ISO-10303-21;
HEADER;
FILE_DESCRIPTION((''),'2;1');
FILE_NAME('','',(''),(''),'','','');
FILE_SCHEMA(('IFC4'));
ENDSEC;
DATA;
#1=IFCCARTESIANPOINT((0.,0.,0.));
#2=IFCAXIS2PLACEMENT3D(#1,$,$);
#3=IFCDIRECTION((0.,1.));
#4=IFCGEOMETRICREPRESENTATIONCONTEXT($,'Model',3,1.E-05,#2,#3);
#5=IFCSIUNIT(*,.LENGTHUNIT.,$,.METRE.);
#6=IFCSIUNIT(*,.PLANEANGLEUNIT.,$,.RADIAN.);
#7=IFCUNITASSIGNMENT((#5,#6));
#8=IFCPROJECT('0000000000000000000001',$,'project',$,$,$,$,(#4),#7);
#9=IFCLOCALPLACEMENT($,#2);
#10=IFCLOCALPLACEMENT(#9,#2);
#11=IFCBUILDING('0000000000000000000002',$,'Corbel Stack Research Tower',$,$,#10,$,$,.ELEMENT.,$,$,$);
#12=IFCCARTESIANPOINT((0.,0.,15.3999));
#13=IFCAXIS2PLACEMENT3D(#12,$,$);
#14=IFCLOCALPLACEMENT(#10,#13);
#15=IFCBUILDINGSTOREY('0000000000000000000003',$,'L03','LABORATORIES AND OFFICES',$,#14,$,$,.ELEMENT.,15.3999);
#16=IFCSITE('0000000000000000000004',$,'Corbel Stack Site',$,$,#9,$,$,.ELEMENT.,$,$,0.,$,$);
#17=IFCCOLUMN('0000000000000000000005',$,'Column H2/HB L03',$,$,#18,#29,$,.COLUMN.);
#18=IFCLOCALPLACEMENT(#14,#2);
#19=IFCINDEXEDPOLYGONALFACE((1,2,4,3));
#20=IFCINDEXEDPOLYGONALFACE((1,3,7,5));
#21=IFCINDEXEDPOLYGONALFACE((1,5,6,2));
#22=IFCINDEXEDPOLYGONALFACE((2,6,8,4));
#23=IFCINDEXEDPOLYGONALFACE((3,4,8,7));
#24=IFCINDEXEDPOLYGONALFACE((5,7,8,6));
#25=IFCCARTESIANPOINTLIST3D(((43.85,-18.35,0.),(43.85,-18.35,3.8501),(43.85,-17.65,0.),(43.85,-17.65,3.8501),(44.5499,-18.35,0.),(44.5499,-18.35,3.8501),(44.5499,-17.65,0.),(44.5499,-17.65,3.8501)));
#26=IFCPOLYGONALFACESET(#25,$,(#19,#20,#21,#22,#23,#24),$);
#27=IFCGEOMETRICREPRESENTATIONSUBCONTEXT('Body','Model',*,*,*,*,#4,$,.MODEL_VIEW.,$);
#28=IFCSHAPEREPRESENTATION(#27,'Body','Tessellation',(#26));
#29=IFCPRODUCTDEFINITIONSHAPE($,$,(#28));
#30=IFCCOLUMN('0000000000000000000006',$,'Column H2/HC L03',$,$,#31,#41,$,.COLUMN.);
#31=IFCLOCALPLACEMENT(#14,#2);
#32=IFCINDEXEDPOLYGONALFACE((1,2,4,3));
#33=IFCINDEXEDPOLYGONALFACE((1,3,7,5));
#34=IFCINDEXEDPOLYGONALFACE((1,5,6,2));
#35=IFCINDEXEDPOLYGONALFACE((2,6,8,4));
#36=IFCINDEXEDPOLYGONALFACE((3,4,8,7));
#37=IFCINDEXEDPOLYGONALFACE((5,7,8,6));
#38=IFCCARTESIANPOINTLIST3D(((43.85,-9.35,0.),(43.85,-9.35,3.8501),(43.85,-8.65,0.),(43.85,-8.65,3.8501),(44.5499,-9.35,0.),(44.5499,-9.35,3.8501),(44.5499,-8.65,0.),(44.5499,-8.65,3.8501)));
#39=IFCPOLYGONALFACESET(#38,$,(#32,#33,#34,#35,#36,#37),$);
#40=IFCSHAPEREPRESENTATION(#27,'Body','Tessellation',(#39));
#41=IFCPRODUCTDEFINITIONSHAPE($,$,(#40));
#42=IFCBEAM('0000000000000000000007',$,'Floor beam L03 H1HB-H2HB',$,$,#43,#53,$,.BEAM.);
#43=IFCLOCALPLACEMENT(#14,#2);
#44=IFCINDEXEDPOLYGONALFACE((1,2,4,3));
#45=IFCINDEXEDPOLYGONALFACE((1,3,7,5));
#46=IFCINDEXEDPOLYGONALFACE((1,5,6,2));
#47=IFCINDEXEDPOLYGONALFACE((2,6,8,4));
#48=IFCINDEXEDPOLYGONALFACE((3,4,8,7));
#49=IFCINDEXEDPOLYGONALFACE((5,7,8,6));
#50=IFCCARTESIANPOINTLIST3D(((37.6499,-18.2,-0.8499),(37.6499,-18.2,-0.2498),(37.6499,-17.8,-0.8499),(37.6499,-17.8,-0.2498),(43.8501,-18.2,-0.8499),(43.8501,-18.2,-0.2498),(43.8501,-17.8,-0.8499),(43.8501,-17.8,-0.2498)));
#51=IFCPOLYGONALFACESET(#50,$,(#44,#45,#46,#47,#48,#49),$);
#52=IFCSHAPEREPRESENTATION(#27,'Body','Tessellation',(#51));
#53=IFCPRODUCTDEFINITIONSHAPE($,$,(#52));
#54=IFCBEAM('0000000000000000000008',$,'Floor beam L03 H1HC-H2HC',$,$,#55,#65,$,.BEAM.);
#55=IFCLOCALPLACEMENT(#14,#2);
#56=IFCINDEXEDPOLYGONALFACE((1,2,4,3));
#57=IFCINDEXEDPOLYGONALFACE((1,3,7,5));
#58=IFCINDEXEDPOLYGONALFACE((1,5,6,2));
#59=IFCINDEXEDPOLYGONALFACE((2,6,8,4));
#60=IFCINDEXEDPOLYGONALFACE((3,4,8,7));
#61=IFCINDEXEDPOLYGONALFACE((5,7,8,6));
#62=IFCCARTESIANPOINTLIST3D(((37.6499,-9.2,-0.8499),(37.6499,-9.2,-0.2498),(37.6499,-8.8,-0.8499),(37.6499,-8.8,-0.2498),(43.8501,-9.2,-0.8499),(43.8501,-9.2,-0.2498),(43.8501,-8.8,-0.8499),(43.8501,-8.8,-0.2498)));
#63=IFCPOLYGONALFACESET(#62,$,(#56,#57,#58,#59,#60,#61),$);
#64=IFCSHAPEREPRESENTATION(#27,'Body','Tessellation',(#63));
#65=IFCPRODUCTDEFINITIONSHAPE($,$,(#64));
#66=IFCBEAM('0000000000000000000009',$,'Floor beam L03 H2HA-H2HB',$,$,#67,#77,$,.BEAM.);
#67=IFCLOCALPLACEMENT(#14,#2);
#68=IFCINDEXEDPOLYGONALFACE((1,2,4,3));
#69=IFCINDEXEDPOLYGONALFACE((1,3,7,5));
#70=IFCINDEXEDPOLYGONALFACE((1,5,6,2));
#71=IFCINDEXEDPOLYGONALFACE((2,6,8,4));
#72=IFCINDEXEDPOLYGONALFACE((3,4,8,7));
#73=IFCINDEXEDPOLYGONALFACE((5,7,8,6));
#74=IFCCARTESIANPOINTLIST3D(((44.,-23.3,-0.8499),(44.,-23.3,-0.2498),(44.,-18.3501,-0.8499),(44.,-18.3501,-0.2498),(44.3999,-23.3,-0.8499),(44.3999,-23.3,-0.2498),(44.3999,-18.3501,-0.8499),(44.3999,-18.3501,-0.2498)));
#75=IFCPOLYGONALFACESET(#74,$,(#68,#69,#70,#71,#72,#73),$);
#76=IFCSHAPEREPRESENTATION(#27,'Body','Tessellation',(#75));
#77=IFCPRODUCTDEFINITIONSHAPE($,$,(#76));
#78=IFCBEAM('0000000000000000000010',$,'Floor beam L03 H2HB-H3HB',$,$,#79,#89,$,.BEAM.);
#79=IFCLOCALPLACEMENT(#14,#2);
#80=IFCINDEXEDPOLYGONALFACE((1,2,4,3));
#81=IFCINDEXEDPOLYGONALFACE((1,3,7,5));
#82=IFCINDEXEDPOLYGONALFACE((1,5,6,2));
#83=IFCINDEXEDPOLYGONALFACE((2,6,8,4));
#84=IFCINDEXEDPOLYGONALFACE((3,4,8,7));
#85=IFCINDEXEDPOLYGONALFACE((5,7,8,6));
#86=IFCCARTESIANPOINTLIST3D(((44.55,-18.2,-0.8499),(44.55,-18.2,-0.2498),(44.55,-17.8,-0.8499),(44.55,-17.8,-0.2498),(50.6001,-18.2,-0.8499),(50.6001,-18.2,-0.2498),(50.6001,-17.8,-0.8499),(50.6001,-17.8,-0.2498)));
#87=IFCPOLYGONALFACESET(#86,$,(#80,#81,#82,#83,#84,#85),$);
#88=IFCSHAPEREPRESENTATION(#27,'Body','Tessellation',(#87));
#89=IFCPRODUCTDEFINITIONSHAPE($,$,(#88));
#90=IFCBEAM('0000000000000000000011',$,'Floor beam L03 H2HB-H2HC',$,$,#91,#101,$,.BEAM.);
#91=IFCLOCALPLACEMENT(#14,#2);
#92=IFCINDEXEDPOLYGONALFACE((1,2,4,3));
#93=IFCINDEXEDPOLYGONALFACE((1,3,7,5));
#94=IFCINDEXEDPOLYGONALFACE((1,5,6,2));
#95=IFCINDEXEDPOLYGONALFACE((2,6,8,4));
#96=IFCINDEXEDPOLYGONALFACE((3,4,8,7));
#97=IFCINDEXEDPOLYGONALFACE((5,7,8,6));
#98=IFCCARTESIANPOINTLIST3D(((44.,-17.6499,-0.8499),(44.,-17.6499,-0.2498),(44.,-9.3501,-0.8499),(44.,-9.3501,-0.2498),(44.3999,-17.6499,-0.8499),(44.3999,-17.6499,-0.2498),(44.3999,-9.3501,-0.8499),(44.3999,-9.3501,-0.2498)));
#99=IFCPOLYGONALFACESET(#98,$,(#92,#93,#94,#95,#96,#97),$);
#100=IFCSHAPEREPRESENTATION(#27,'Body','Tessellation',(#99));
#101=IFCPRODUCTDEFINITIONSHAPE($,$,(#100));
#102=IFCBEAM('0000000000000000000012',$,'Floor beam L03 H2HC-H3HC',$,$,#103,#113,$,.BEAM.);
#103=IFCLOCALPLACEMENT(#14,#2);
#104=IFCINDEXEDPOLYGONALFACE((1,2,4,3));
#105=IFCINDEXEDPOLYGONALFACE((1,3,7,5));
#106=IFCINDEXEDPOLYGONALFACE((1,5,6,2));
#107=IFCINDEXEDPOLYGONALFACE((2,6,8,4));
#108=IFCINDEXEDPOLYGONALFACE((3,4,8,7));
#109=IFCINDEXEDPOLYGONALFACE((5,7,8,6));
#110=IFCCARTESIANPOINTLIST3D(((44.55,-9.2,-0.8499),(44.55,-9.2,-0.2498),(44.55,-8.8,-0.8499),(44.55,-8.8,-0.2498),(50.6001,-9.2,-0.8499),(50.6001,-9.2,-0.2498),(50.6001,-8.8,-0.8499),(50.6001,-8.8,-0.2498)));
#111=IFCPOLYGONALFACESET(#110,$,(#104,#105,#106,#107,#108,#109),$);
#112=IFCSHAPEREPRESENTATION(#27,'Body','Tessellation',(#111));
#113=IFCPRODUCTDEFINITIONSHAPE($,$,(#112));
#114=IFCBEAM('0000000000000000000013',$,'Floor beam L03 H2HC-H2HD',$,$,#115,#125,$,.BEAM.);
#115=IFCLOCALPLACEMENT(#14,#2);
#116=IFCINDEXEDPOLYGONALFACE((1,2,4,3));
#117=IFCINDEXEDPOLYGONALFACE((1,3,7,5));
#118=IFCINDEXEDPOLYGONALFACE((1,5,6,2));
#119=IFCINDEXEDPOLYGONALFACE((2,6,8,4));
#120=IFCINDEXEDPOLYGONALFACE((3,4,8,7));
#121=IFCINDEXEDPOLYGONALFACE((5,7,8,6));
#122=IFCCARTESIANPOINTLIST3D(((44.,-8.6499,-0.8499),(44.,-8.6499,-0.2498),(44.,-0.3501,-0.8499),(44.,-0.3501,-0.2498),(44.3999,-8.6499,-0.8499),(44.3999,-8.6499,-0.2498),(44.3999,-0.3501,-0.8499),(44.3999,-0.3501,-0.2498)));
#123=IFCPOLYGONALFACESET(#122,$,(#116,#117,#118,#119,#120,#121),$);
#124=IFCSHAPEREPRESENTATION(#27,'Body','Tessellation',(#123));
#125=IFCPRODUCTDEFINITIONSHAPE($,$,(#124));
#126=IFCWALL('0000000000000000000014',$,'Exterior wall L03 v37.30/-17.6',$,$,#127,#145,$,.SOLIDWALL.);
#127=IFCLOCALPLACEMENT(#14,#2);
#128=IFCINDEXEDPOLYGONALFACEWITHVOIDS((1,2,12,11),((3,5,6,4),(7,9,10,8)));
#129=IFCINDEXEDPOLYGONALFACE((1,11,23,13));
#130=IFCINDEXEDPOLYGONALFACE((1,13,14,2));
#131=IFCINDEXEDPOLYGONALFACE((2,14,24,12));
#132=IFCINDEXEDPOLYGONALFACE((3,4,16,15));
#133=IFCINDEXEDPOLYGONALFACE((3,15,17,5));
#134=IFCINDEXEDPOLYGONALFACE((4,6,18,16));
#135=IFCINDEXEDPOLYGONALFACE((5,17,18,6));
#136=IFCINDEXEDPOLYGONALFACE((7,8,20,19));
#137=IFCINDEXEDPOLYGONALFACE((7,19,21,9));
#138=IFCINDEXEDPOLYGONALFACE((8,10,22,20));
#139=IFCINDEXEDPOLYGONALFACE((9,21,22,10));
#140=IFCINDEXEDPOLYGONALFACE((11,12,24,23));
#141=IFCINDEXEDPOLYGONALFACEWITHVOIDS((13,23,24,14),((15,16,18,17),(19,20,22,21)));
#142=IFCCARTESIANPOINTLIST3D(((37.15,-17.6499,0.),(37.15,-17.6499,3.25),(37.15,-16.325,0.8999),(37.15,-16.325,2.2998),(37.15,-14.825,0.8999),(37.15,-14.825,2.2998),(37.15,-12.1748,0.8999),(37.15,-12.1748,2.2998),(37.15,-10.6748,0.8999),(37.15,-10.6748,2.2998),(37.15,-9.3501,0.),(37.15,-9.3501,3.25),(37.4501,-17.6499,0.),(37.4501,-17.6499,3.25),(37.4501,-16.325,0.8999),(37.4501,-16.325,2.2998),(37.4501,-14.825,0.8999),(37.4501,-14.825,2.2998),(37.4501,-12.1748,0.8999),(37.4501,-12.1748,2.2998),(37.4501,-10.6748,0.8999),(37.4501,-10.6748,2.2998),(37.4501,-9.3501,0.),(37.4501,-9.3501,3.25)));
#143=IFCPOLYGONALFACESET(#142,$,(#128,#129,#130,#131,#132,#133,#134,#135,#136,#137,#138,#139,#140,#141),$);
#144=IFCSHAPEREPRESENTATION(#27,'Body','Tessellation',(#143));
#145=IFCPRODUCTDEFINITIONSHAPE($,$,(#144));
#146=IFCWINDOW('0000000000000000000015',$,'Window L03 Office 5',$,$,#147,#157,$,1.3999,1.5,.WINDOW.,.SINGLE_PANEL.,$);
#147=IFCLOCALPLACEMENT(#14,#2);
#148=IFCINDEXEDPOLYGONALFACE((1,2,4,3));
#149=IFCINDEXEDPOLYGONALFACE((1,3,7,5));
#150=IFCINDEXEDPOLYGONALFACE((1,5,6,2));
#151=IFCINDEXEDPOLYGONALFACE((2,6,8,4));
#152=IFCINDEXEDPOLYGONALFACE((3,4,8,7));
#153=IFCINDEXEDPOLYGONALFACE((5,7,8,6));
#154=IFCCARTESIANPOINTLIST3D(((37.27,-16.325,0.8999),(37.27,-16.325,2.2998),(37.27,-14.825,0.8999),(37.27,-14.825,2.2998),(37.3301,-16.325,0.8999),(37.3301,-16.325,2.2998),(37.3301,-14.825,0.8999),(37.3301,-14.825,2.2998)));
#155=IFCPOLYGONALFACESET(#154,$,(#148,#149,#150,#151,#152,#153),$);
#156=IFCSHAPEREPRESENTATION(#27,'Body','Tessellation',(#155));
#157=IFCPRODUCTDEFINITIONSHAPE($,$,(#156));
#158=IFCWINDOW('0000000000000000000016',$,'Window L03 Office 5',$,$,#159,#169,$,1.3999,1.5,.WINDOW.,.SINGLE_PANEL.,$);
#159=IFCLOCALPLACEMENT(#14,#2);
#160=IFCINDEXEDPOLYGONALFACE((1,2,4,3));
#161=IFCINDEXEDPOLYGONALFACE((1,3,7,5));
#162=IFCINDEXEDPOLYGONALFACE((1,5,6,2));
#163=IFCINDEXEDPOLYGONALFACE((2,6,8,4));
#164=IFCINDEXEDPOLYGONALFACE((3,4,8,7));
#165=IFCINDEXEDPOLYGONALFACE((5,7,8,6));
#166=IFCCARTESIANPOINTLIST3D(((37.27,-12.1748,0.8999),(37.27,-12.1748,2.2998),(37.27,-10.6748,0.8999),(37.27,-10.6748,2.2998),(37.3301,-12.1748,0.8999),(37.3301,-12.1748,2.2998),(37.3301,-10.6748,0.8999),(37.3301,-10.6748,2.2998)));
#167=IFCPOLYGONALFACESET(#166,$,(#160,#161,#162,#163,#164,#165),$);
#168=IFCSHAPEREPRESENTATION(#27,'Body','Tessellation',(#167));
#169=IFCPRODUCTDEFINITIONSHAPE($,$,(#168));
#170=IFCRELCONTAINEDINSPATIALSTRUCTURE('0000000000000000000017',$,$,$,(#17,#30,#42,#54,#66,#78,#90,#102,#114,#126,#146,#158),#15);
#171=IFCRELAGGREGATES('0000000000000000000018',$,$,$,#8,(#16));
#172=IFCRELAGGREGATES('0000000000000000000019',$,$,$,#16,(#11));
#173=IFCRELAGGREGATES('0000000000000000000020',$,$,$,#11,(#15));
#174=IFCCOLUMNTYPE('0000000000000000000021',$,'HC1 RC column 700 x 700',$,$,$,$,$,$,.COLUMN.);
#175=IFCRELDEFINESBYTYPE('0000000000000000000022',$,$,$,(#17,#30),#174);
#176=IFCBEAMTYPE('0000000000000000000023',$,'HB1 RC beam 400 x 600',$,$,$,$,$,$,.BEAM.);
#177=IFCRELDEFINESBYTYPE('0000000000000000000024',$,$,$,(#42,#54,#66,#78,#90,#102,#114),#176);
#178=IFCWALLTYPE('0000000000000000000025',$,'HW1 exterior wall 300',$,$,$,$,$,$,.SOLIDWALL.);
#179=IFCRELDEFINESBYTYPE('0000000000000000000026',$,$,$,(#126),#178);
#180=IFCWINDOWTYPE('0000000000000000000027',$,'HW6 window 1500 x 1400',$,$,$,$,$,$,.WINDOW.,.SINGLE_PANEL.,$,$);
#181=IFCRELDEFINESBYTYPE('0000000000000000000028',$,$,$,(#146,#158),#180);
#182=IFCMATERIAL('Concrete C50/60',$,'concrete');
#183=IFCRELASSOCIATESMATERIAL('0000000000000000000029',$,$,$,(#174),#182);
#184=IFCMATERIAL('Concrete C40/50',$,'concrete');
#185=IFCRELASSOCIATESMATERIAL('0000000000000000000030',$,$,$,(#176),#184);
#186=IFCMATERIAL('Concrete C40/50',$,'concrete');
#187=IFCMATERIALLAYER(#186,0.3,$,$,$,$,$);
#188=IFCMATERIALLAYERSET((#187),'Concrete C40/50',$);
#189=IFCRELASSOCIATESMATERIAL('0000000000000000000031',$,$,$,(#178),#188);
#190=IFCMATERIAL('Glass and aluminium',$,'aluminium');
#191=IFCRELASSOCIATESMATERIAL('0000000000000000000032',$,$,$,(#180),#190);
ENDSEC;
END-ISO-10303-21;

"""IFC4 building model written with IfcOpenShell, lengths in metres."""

from ifc_helpers import new_model, si_unit, direction, frame, frame_2d, origin, origin_2d, place, context, subcontext, project, spatial, rectangle, extrude, material, layer, layer_set, material_profile, profile_set, type_object, element, fill, save


model = new_model("IFC4")

# Units and contexts
model_context = context("Model", 3, precision=1e-05, world=origin(), true_north=direction((0.0, 1.0)))
body_context = subcontext(model_context, "Body", "Model", "MODEL_VIEW")
ifc_project = project(units=[si_unit("LENGTHUNIT", "METRE"), si_unit("PLANEANGLEUNIT", "RADIAN")], contexts=[model_context])

# Site, building, storey
site_placement = place(None, origin())
site = spatial("IfcSite", under=ifc_project, at=site_placement, Name="Corbel Stack Site", CompositionType="ELEMENT", RefElevation=0.0)
building_placement = place(site_placement, origin())
building = spatial("IfcBuilding", under=site, at=building_placement, Name="Corbel Stack Research Tower", CompositionType="ELEMENT")
storey_placement = place(building_placement, frame((0.0, 0.0, 15.3999)))
storey = spatial("IfcBuildingStorey", under=building, at=storey_placement, Name="L03", Description="LABORATORIES AND OFFICES", CompositionType="ELEMENT", Elevation=15.3999)

# Columns
ifc_material_1 = material(Name="Concrete C50/60", Category="concrete")
ifc_material_profile_1 = material_profile(ifc_material_1, rectangle(XDim=0.7, YDim=0.7, at=origin_2d()), Name="RC 700 x 700")
ifc_profile_set_1 = profile_set([ifc_material_profile_1], Name="Concrete C50/60")
column_type = type_object("IfcColumnType", Name="HC1 RC column 700 x 700", PredefinedType="COLUMN", material=ifc_profile_set_1)
for number, where, z_axis, x_axis, name in (
    (1, (44.2, -18.0, 0.0), (0.0, 0.0, 1.0), (1.0, 0.0, 0.0), "Column H2/HB L03"),
    (2, (44.2, -9.0, 0.0), (0.0, 0.0, 1.0), (1.0, 0.0, 0.0), "Column H2/HC L03"),
):
    element("IfcColumn", number, at=place(storey_placement, frame(where, z_axis=z_axis, x_axis=x_axis)), inside=storey, type_object=column_type, Name=name, PredefinedType="COLUMN", context=body_context, shape_type="SweptSolid", body=[
        extrude(rectangle(XDim=0.7, YDim=0.7, at=origin_2d()), origin(), (0.0, 0.0, 1.0), 3.8501),
    ])

# Beams
ifc_material_2 = material(Name="Concrete C40/50", Category="concrete")
ifc_material_profile_2 = material_profile(ifc_material_2, rectangle(XDim=0.3999, YDim=0.6001, at=origin_2d()), Name="RC 400 x 600")
ifc_profile_set_2 = profile_set([ifc_material_profile_2], Name="Concrete C40/50")
beam_type = type_object("IfcBeamType", Name="HB1 RC beam 400 x 600", PredefinedType="BEAM", material=ifc_profile_set_2)
for number, where, z_axis, x_axis, name in (
    (3, (37.6499, -18.0, -0.5498), (1.0, 0.0, 0.0), (0.0, 1.0, 0.0), "Floor beam L03 H1HB-H2HB"),
    (4, (37.6499, -9.0, -0.5498), (1.0, 0.0, 0.0), (0.0, 1.0, 0.0), "Floor beam L03 H1HC-H2HC"),
):
    element("IfcBeam", number, at=place(storey_placement, frame(where, z_axis=z_axis, x_axis=x_axis)), inside=storey, type_object=beam_type, Name=name, PredefinedType="BEAM", context=body_context, shape_type="SweptSolid", body=[
        extrude(rectangle(XDim=0.3999, YDim=0.6001, at=origin_2d()), origin(), (0.0, 0.0, 1.0), 6.2002),
    ])
beam_1_placement = place(storey_placement, frame((44.2, -23.3, -0.5498), z_axis=(0.0, 1.0, 0.0), x_axis=(-1.0, 0.0, 0.0)))
element("IfcBeam", 5, at=beam_1_placement, inside=storey, type_object=beam_type, Name="Floor beam L03 H2HA-H2HB", PredefinedType="BEAM", context=body_context, shape_type="SweptSolid", body=[
    extrude(rectangle(XDim=0.3999, YDim=0.6001, at=origin_2d()), origin(), (0.0, 0.0, 1.0), 4.95),
])
beam_2_placement = place(storey_placement, frame((44.55, -18.0, -0.5498), z_axis=(1.0, 0.0, 0.0), x_axis=(0.0, 1.0, 0.0)))
element("IfcBeam", 6, at=beam_2_placement, inside=storey, type_object=beam_type, Name="Floor beam L03 H2HB-H3HB", PredefinedType="BEAM", context=body_context, shape_type="SweptSolid", body=[
    extrude(rectangle(XDim=0.3999, YDim=0.6001, at=origin_2d()), origin(), (0.0, 0.0, 1.0), 6.05),
])
beam_3_placement = place(storey_placement, frame((44.2, -17.6499, -0.5498), z_axis=(0.0, 1.0, 0.0), x_axis=(-1.0, 0.0, 0.0)))
element("IfcBeam", 7, at=beam_3_placement, inside=storey, type_object=beam_type, Name="Floor beam L03 H2HB-H2HC", PredefinedType="BEAM", context=body_context, shape_type="SweptSolid", body=[
    extrude(rectangle(XDim=0.3999, YDim=0.6001, at=origin_2d()), origin(), (0.0, 0.0, 1.0), 8.2998),
])
beam_4_placement = place(storey_placement, frame((44.55, -9.0, -0.5498), z_axis=(1.0, 0.0, 0.0), x_axis=(0.0, 1.0, 0.0)))
element("IfcBeam", 8, at=beam_4_placement, inside=storey, type_object=beam_type, Name="Floor beam L03 H2HC-H3HC", PredefinedType="BEAM", context=body_context, shape_type="SweptSolid", body=[
    extrude(rectangle(XDim=0.3999, YDim=0.6001, at=origin_2d()), origin(), (0.0, 0.0, 1.0), 6.05),
])
beam_5_placement = place(storey_placement, frame((44.2, -8.6499, -0.5498), z_axis=(0.0, 1.0, 0.0), x_axis=(-1.0, 0.0, 0.0)))
element("IfcBeam", 9, at=beam_5_placement, inside=storey, type_object=beam_type, Name="Floor beam L03 H2HC-H2HD", PredefinedType="BEAM", context=body_context, shape_type="SweptSolid", body=[
    extrude(rectangle(XDim=0.3999, YDim=0.6001, at=origin_2d()), origin(), (0.0, 0.0, 1.0), 8.2998),
])

# Wall, openings, windows
ifc_material_3 = material(Name="Concrete C40/50", Category="concrete")
ifc_layer_1 = layer(ifc_material_3, 0.3)
ifc_layer_set_1 = layer_set([ifc_layer_1], Name="Concrete C40/50")
wall_type_1 = type_object("IfcWallType", Name="HW1 exterior wall 300", PredefinedType="SOLIDWALL", material=ifc_layer_set_1)
wall_1_placement = place(storey_placement, frame((37.3, -17.6499, 0.0), z_axis=(0.0, 0.0, 1.0), x_axis=(0.0, 1.0, 0.0)))
wall_1 = element("IfcWall", 10, at=wall_1_placement, inside=storey, type_object=wall_type_1, Name="Exterior wall L03 v37.30/-17.6", PredefinedType="SOLIDWALL", context=body_context, shape_type="SweptSolid", body=[
    extrude(rectangle(XDim=8.2998, YDim=0.3, at=frame_2d((4.1499, 0.0))), origin(), (0.0, 0.0, 1.0), 3.25),
])
opening_1_placement = place(wall_1_placement, frame((1.325, 0.0, 0.8999)))
opening_1 = element("IfcOpeningElement", 11, at=opening_1_placement, cuts=wall_1, PredefinedType="OPENING", context=body_context, shape_type="SweptSolid", body=[
    extrude(rectangle(XDim=1.5, YDim=1.3999, at=frame_2d((0.75, 0.7))), frame((0.0, 0.1599, 0.0), z_axis=(0.0, -1.0, 0.0), x_axis=(1.0, 0.0, 0.0)), (0.0, 0.0, 1.0), 0.3201),
])
opening_2_placement = place(wall_1_placement, frame((5.4751, 0.0, 0.8999)))
opening_2 = element("IfcOpeningElement", 12, at=opening_2_placement, cuts=wall_1, PredefinedType="OPENING", context=body_context, shape_type="SweptSolid", body=[
    extrude(rectangle(XDim=1.5, YDim=1.3999, at=frame_2d((0.75, 0.7))), frame((0.0, 0.1599, 0.0), z_axis=(0.0, -1.0, 0.0), x_axis=(1.0, 0.0, 0.0)), (0.0, 0.0, 1.0), 0.3201),
])
ifc_material_4 = material(Name="Glass and aluminium", Category="aluminium")
window_type = type_object("IfcWindowType", Name="HW6 window 1500 x 1400", PartitioningType="SINGLE_PANEL", PredefinedType="WINDOW", material=ifc_material_4)
window_1_placement = place(opening_1_placement, origin())
window_1 = element("IfcWindow", 13, at=window_1_placement, inside=storey, type_object=window_type, Name="Window L03 Office 5", OverallHeight=1.3999, OverallWidth=1.5, PartitioningType="SINGLE_PANEL", PredefinedType="WINDOW", context=body_context, shape_type="SweptSolid", body=[
    extrude(rectangle(XDim=1.5, YDim=1.3999, at=frame_2d((0.75, 0.7))), frame((0.0, 0.03, 0.0), z_axis=(0.0, -1.0, 0.0), x_axis=(1.0, 0.0, 0.0)), (0.0, 0.0, 1.0), 0.0601),
])
fill(opening_1, window_1)
window_2_placement = place(opening_2_placement, origin())
window_2 = element("IfcWindow", 14, at=window_2_placement, inside=storey, type_object=window_type, Name="Window L03 Office 5", OverallHeight=1.3999, OverallWidth=1.5, PartitioningType="SINGLE_PANEL", PredefinedType="WINDOW", context=body_context, shape_type="SweptSolid", body=[
    extrude(rectangle(XDim=1.5, YDim=1.3999, at=frame_2d((0.75, 0.7))), frame((0.0, 0.03, 0.0), z_axis=(0.0, -1.0, 0.0), x_axis=(1.0, 0.0, 0.0)), (0.0, 0.0, 1.0), 0.0601),
])
fill(opening_2, window_2)

save(model, "model.ifc")
